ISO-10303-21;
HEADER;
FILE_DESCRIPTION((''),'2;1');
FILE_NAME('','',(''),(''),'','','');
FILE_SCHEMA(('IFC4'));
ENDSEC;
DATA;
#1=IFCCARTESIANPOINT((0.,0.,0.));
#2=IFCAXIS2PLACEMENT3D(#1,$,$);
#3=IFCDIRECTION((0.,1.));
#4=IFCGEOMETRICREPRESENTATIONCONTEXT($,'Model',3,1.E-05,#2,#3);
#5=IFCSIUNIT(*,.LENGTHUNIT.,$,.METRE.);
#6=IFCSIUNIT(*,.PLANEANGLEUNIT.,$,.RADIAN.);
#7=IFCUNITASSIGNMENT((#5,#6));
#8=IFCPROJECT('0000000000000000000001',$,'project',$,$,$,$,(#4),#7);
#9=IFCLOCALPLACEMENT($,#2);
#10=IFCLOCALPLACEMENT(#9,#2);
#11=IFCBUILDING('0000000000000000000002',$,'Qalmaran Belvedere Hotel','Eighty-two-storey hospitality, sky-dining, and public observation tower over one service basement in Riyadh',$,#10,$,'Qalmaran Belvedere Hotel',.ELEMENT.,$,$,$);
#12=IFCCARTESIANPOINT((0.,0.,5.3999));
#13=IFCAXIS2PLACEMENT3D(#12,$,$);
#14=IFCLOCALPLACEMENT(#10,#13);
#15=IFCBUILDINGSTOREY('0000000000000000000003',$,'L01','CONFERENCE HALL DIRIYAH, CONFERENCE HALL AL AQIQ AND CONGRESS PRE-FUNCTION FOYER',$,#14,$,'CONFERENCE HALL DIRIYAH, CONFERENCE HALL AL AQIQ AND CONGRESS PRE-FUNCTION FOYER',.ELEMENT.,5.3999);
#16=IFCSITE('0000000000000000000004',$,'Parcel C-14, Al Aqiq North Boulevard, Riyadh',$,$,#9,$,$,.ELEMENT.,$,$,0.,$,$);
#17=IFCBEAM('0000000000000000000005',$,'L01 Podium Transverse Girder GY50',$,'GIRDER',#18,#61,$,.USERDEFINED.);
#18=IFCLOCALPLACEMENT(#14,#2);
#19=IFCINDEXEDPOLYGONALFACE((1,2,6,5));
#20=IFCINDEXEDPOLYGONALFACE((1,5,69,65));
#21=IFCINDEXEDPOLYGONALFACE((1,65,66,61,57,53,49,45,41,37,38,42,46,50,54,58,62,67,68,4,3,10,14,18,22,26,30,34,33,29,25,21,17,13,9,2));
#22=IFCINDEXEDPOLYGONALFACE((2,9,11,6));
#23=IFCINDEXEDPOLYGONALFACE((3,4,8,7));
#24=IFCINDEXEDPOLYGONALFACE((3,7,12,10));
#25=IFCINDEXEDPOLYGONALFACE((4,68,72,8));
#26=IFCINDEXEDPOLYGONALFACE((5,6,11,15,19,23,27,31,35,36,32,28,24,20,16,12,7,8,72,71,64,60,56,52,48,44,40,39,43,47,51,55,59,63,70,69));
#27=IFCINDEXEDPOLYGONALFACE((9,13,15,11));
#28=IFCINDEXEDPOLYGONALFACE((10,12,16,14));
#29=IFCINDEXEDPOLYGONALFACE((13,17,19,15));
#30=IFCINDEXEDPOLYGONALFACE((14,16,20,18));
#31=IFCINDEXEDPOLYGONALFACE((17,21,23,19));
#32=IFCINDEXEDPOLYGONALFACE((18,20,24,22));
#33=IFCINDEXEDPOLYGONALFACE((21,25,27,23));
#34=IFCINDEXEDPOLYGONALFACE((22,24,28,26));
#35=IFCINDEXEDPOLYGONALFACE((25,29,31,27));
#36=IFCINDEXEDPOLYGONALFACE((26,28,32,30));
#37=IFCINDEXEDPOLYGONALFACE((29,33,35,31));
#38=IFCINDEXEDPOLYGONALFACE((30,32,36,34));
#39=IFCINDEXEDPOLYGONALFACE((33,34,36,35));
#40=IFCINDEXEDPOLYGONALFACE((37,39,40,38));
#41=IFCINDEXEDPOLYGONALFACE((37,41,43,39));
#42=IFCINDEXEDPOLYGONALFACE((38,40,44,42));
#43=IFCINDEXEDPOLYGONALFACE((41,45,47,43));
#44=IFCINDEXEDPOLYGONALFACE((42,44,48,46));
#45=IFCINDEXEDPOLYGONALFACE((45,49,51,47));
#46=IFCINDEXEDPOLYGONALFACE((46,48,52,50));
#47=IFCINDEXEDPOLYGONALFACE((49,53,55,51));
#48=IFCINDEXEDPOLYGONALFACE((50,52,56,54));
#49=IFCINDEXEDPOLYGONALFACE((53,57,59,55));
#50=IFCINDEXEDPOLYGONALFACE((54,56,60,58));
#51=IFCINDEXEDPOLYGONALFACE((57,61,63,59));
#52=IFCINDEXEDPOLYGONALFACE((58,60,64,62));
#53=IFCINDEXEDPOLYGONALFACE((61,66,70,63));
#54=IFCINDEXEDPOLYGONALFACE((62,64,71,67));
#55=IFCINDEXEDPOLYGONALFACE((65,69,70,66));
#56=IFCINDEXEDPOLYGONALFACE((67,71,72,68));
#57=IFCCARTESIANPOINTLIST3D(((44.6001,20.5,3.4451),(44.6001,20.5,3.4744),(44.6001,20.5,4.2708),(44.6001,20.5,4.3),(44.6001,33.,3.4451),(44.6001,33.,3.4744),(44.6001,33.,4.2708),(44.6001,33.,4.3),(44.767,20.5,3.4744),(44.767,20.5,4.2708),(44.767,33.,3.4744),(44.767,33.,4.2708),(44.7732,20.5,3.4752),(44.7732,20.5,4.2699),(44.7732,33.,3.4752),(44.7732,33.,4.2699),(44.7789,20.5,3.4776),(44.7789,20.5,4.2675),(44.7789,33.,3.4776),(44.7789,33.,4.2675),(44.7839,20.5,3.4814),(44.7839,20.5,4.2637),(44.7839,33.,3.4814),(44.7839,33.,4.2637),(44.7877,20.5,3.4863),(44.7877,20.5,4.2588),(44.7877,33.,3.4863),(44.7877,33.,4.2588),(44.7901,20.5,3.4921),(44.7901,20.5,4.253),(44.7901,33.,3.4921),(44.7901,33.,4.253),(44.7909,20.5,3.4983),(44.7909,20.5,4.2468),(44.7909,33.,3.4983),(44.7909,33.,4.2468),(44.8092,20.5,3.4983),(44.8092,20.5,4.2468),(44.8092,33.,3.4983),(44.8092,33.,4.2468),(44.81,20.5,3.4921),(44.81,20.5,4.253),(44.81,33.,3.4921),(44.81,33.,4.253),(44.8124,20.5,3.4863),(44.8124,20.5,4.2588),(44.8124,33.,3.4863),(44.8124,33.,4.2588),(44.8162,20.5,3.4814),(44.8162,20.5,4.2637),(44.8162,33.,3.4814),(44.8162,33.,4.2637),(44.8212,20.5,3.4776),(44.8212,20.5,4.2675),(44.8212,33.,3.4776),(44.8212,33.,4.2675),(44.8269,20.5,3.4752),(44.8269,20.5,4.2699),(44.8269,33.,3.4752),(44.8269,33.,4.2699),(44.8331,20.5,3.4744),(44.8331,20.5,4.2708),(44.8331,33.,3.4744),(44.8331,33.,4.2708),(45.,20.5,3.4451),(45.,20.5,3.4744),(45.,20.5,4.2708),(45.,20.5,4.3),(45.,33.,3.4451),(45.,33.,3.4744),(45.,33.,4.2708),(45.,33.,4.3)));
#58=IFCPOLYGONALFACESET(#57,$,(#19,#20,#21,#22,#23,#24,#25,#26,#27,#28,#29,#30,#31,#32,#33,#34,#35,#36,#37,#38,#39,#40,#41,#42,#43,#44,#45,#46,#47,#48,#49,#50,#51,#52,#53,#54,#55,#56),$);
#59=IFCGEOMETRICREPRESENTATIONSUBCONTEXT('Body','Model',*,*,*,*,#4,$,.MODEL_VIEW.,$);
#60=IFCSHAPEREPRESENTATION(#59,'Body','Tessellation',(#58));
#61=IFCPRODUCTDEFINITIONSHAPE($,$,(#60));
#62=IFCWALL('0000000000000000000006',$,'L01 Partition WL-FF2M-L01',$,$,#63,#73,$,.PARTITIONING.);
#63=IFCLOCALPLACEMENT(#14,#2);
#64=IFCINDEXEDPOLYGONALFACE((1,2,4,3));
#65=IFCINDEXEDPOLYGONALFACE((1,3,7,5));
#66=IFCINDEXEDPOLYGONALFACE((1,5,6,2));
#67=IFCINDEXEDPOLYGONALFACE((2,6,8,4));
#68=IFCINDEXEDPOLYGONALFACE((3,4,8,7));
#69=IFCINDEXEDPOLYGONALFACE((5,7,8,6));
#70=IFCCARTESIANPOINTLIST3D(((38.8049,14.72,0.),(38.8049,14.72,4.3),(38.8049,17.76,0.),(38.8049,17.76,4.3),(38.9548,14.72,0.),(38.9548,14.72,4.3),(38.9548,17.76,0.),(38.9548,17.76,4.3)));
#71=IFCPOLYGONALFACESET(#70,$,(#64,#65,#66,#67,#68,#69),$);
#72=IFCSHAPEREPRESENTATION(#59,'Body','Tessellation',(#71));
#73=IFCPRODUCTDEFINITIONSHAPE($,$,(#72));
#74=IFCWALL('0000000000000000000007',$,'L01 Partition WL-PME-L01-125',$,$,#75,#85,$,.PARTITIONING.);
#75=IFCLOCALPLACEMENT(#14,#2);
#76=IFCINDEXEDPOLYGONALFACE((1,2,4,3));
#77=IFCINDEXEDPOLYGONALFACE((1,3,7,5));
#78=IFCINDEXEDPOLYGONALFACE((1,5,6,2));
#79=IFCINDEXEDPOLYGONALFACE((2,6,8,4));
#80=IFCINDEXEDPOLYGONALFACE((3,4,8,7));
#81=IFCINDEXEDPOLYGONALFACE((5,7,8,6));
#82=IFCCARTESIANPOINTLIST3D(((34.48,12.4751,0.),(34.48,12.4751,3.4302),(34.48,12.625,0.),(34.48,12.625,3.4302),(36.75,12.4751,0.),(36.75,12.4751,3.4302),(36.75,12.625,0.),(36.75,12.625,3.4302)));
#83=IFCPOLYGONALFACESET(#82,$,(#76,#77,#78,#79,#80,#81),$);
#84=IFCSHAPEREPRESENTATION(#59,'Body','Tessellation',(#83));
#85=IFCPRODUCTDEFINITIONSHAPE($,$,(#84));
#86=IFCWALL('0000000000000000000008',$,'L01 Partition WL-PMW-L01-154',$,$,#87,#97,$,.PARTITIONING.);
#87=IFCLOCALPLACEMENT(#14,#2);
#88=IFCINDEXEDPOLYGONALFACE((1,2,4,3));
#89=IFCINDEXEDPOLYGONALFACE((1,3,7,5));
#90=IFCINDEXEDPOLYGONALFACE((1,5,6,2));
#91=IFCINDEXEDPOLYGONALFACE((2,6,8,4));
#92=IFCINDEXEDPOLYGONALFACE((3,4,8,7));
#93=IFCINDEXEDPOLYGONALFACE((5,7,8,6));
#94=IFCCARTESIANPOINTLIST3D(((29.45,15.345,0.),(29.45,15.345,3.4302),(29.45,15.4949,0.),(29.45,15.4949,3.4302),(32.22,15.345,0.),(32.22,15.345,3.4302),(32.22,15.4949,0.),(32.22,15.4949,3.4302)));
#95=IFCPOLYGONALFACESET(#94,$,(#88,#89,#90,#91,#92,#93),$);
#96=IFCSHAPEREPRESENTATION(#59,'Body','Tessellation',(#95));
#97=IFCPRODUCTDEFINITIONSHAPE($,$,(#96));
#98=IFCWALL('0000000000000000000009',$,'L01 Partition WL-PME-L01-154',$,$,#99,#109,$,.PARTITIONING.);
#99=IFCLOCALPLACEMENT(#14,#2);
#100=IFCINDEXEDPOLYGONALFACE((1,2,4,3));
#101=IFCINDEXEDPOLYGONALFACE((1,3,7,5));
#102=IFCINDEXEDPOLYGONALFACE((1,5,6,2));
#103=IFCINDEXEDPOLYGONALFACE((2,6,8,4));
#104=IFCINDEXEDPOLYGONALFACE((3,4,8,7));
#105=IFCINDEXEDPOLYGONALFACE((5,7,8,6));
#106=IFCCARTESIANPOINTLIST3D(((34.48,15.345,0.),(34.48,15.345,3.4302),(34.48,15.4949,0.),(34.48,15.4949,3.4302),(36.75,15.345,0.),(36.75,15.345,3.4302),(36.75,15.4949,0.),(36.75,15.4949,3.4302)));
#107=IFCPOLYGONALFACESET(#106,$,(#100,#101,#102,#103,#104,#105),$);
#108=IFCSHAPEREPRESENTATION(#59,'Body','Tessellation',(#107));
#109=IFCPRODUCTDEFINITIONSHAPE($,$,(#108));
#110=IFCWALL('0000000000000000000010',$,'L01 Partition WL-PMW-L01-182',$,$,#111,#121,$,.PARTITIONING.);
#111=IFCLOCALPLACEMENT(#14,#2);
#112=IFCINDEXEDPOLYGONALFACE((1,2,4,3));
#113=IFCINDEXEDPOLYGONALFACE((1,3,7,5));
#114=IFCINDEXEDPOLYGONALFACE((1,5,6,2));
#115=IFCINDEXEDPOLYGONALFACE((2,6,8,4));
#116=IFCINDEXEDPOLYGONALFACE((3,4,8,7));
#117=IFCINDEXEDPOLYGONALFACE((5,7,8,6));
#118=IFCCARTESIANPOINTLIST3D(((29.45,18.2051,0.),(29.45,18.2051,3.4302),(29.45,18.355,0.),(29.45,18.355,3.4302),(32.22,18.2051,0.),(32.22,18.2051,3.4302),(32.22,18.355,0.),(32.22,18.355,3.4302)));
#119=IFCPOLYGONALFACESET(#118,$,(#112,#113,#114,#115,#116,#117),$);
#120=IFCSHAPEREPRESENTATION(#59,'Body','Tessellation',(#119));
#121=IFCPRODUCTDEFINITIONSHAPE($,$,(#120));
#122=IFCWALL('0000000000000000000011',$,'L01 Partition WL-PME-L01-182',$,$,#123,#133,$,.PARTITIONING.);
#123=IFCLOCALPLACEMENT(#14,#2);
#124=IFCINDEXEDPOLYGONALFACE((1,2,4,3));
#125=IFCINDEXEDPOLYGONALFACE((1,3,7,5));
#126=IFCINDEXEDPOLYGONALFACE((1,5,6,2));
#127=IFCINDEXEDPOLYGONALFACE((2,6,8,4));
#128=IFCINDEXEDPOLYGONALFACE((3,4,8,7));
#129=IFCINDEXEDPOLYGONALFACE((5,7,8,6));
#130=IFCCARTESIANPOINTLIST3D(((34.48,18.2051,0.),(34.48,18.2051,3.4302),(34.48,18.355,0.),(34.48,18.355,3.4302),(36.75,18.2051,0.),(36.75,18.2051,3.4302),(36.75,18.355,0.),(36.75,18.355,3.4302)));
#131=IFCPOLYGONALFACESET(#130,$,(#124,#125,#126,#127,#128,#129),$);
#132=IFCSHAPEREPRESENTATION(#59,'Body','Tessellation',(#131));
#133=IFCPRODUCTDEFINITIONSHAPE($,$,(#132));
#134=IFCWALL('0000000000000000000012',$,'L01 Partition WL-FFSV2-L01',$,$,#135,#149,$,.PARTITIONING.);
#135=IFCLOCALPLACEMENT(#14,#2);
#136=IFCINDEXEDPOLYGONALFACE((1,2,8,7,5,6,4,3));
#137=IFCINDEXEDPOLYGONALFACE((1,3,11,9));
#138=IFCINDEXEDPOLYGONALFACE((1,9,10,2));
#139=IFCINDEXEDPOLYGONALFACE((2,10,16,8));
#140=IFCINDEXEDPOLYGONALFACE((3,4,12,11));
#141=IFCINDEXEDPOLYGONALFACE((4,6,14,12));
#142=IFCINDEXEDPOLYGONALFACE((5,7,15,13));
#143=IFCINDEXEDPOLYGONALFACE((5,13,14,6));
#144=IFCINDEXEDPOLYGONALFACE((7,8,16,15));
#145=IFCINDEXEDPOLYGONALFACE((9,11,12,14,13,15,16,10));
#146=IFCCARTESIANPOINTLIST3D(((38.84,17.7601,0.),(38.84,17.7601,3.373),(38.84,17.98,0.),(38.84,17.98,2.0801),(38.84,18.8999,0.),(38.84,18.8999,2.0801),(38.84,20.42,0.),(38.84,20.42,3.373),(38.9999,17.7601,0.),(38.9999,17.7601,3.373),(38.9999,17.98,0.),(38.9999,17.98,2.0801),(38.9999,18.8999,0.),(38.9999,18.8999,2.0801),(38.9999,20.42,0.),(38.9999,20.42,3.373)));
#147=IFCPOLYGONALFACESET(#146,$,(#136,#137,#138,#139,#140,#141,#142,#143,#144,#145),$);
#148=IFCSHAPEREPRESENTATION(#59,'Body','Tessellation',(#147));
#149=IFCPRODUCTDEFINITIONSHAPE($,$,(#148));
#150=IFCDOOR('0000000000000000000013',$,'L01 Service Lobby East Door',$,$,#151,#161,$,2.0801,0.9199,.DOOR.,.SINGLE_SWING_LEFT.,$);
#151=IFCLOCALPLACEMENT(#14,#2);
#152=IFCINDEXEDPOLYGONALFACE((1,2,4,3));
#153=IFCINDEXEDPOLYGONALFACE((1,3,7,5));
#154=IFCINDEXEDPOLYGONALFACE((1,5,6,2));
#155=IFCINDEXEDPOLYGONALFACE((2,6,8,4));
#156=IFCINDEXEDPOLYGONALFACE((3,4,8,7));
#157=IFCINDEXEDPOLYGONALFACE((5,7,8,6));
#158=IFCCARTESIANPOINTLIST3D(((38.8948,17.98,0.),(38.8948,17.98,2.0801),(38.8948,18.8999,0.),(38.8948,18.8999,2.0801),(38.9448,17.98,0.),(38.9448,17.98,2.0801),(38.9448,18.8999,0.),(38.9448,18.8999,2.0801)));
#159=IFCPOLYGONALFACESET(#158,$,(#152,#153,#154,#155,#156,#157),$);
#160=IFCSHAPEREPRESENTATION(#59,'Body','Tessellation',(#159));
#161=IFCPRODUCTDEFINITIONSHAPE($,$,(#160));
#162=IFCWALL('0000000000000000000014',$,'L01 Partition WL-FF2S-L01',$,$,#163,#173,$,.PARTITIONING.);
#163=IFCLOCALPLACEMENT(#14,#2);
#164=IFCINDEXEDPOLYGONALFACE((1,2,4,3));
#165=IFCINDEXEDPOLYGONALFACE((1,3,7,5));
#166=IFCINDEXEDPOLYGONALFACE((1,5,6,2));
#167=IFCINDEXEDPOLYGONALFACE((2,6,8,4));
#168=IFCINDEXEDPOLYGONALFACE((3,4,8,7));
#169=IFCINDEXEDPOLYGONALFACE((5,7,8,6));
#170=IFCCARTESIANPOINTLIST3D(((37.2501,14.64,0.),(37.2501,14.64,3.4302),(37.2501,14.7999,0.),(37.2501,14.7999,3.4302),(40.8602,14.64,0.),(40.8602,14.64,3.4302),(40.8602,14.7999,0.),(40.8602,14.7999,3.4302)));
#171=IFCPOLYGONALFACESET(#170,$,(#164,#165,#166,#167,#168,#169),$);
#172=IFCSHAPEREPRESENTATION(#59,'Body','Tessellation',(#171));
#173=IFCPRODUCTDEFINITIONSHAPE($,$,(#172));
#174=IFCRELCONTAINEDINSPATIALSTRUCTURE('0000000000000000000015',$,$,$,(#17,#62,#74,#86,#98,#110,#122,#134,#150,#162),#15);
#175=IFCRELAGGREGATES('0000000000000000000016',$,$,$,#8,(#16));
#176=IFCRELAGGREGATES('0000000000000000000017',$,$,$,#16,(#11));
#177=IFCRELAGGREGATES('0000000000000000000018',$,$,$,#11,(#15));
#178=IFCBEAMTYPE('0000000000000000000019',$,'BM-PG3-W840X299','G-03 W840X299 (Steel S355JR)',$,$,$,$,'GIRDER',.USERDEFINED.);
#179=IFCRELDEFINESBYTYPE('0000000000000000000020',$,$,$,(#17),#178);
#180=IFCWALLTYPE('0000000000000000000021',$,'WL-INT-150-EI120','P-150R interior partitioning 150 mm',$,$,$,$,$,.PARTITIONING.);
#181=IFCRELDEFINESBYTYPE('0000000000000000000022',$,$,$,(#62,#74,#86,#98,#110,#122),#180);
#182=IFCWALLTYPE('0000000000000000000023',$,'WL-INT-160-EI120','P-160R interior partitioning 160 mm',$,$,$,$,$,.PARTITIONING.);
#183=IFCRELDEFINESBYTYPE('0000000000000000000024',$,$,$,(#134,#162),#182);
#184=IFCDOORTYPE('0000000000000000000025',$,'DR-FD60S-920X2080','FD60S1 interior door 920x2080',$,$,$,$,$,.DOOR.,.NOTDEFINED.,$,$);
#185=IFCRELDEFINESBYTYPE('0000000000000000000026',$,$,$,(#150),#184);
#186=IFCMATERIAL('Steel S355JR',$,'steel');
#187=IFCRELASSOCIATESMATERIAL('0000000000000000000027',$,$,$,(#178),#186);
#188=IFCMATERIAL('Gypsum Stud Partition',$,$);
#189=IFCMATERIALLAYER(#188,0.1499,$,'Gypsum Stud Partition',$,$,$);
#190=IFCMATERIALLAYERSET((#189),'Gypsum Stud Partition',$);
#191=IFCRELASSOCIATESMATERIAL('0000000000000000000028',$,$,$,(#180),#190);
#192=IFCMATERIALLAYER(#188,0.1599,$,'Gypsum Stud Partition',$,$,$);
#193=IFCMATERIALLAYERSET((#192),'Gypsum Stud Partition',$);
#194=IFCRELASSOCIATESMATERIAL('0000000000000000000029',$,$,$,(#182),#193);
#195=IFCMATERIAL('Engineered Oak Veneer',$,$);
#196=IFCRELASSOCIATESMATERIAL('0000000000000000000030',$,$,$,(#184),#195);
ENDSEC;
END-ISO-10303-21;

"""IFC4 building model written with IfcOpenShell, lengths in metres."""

from ifc_helpers import new_model, si_unit, direction, frame, frame_2d, origin, origin_2d, place, context, subcontext, project, spatial, rectangle, i_section, extrude, material, layer, layer_set, material_profile, profile_set, type_object, element, fill, save


model = new_model("IFC4")

# Units and contexts
model_context = context("Model", 3, precision=1e-05, world=origin(), true_north=direction((0.0, 1.0)))
body_context = subcontext(model_context, "Body", "Model", "MODEL_VIEW")
ifc_project = project(units=[si_unit("LENGTHUNIT", "METRE"), si_unit("PLANEANGLEUNIT", "RADIAN")], contexts=[model_context])

# Site, building, storey
site_placement = place(None, origin())
site = spatial("IfcSite", under=ifc_project, at=site_placement, Name="Parcel C-14, Al Aqiq North Boulevard, Riyadh", CompositionType="ELEMENT", RefElevation=0.0)
building_placement = place(site_placement, origin())
building = spatial("IfcBuilding", under=site, at=building_placement, Name="Qalmaran Belvedere Hotel", Description="Eighty-two-storey hospitality, sky-dining, and public observation tower over one service basement in Riyadh", LongName="Qalmaran Belvedere Hotel", CompositionType="ELEMENT")
storey_placement = place(building_placement, frame((0.0, 0.0, 5.3999)))
storey = spatial("IfcBuildingStorey", under=building, at=storey_placement, Name="L01", Description="CONFERENCE HALL DIRIYAH, CONFERENCE HALL AL AQIQ AND CONGRESS PRE-FUNCTION FOYER", LongName="CONFERENCE HALL DIRIYAH, CONFERENCE HALL AL AQIQ AND CONGRESS PRE-FUNCTION FOYER", CompositionType="ELEMENT", Elevation=5.3999)

# Beam
ifc_material_1 = material(Name="Steel S355JR", Category="steel")
ifc_material_profile_1 = material_profile(ifc_material_1, i_section(OverallWidth=0.3999, OverallDepth=0.855, WebThickness=0.0183, FlangeThickness=0.0293, FilletRadius=0.0239, at=origin_2d()), Name="W840X299")
ifc_profile_set_1 = profile_set([ifc_material_profile_1], Name="Steel S355JR")
beam_type_1 = type_object("IfcBeamType", Name="BM-PG3-W840X299", Description="G-03 W840X299 (Steel S355JR)", ElementType="GIRDER", PredefinedType="USERDEFINED", material=ifc_profile_set_1)
for number, where, z_axis, x_axis, name in (
    (1, (44.8, 20.5, 3.8726), (0.0, 1.0, 0.0), (-1.0, 0.0, 0.0), "L01 Podium Transverse Girder GY50"),
):
    element("IfcBeam", number, at=place(storey_placement, frame(where, z_axis=z_axis, x_axis=x_axis)), inside=storey, type_object=beam_type_1, Name=name, ObjectType="GIRDER", PredefinedType="USERDEFINED", context=body_context, shape_type="SweptSolid", body=[
        extrude(i_section(OverallWidth=0.3999, OverallDepth=0.855, WebThickness=0.0183, FlangeThickness=0.0293, FilletRadius=0.0239, at=origin_2d()), origin(), (0.0, 0.0, 1.0), 12.5),
    ])

# Walls
ifc_material_2 = material(Name="Gypsum Stud Partition")
ifc_layer_1 = layer(ifc_material_2, 0.1499, Name="Gypsum Stud Partition")
ifc_layer_set_1 = layer_set([ifc_layer_1], Name="Gypsum Stud Partition")
wall_type_1 = type_object("IfcWallType", Name="WL-INT-150-EI120", Description="P-150R interior partitioning 150 mm", PredefinedType="PARTITIONING", material=ifc_layer_set_1)
wall_1_placement = place(storey_placement, frame((38.8799, 14.72, 0.0), z_axis=(0.0, 0.0, 1.0), x_axis=(0.0, 1.0, 0.0)))
element("IfcWall", 2, at=wall_1_placement, inside=storey, type_object=wall_type_1, Name="L01 Partition WL-FF2M-L01", PredefinedType="PARTITIONING", context=body_context, shape_type="SweptSolid", body=[
    extrude(rectangle(XDim=3.04, YDim=0.1499, at=frame_2d((1.52, 0.0))), origin(), (0.0, 0.0, 1.0), 4.3),
])
wall_2_placement = place(storey_placement, frame((34.48, 12.55, 0.0), z_axis=(0.0, 0.0, 1.0), x_axis=(1.0, 0.0, 0.0)))
element("IfcWall", 3, at=wall_2_placement, inside=storey, type_object=wall_type_1, Name="L01 Partition WL-PME-L01-125", PredefinedType="PARTITIONING", context=body_context, shape_type="SweptSolid", body=[
    extrude(rectangle(XDim=2.27, YDim=0.1499, at=frame_2d((1.135, 0.0))), origin(), (0.0, 0.0, 1.0), 3.4302),
])
wall_3_placement = place(storey_placement, frame((29.45, 15.4199, 0.0), z_axis=(0.0, 0.0, 1.0), x_axis=(1.0, 0.0, 0.0)))
element("IfcWall", 4, at=wall_3_placement, inside=storey, type_object=wall_type_1, Name="L01 Partition WL-PMW-L01-154", PredefinedType="PARTITIONING", context=body_context, shape_type="SweptSolid", body=[
    extrude(rectangle(XDim=2.77, YDim=0.1499, at=frame_2d((1.385, 0.0))), origin(), (0.0, 0.0, 1.0), 3.4302),
])
wall_4_placement = place(storey_placement, frame((34.48, 15.4199, 0.0), z_axis=(0.0, 0.0, 1.0), x_axis=(1.0, 0.0, 0.0)))
element("IfcWall", 5, at=wall_4_placement, inside=storey, type_object=wall_type_1, Name="L01 Partition WL-PME-L01-154", PredefinedType="PARTITIONING", context=body_context, shape_type="SweptSolid", body=[
    extrude(rectangle(XDim=2.27, YDim=0.1499, at=frame_2d((1.135, 0.0))), origin(), (0.0, 0.0, 1.0), 3.4302),
])
wall_5_placement = place(storey_placement, frame((29.45, 18.28, 0.0), z_axis=(0.0, 0.0, 1.0), x_axis=(1.0, 0.0, 0.0)))
element("IfcWall", 6, at=wall_5_placement, inside=storey, type_object=wall_type_1, Name="L01 Partition WL-PMW-L01-182", PredefinedType="PARTITIONING", context=body_context, shape_type="SweptSolid", body=[
    extrude(rectangle(XDim=2.77, YDim=0.1499, at=frame_2d((1.385, 0.0))), origin(), (0.0, 0.0, 1.0), 3.4302),
])
wall_6_placement = place(storey_placement, frame((34.48, 18.28, 0.0), z_axis=(0.0, 0.0, 1.0), x_axis=(1.0, 0.0, 0.0)))
element("IfcWall", 7, at=wall_6_placement, inside=storey, type_object=wall_type_1, Name="L01 Partition WL-PME-L01-182", PredefinedType="PARTITIONING", context=body_context, shape_type="SweptSolid", body=[
    extrude(rectangle(XDim=2.27, YDim=0.1499, at=frame_2d((1.135, 0.0))), origin(), (0.0, 0.0, 1.0), 3.4302),
])

# Wall, opening, door
ifc_layer_2 = layer(ifc_material_2, 0.1599, Name="Gypsum Stud Partition")
ifc_layer_set_2 = layer_set([ifc_layer_2], Name="Gypsum Stud Partition")
wall_type_2 = type_object("IfcWallType", Name="WL-INT-160-EI120", Description="P-160R interior partitioning 160 mm", PredefinedType="PARTITIONING", material=ifc_layer_set_2)
wall_7_placement = place(storey_placement, frame((38.9199, 17.76, 0.0), z_axis=(0.0, 0.0, 1.0), x_axis=(0.0, 1.0, 0.0)))
wall_7 = element("IfcWall", 8, at=wall_7_placement, inside=storey, type_object=wall_type_2, Name="L01 Partition WL-FFSV2-L01", PredefinedType="PARTITIONING", context=body_context, shape_type="SweptSolid", body=[
    extrude(rectangle(XDim=2.6599, YDim=0.1599, at=frame_2d((1.3301, 0.0))), origin(), (0.0, 0.0, 1.0), 3.373),
])
opening_1_placement = place(wall_7_placement, frame((1.1399, 0.0, 0.0), z_axis=(0.0, 0.0, 1.0), x_axis=(-1.0, 0.0, 0.0)))
opening_1 = element("IfcOpeningElement", 9, at=opening_1_placement, cuts=wall_7, PredefinedType="OPENING", context=body_context, shape_type="SweptSolid", body=[
    extrude(rectangle(XDim=0.9199, YDim=2.0801, at=frame_2d((0.46, 1.04))), frame((0.0, 0.0898, 0.0), z_axis=(0.0, -1.0, 0.0), x_axis=(1.0, 0.0, 0.0)), (0.0, 0.0, 1.0), 0.1799),
])
ifc_material_3 = material(Name="Engineered Oak Veneer")
door_type_1 = type_object("IfcDoorType", Name="DR-FD60S-920X2080", Description="FD60S1 interior door 920x2080", OperationType="NOTDEFINED", PredefinedType="DOOR", material=ifc_material_3)
door_1_placement = place(opening_1_placement, origin())
door_1 = element("IfcDoor", 10, at=door_1_placement, inside=storey, type_object=door_type_1, Name="L01 Service Lobby East Door", OperationType="SINGLE_SWING_LEFT", OverallHeight=2.0801, OverallWidth=0.9199, PredefinedType="DOOR", context=body_context, shape_type="SweptSolid", body=[
    extrude(rectangle(XDim=0.9199, YDim=2.0801, at=frame_2d((0.46, 1.04))), frame((0.0, 0.0249, 0.0), z_axis=(0.0, -1.0, 0.0), x_axis=(1.0, 0.0, 0.0)), (0.0, 0.0, 1.0), 0.05),
])
fill(opening_1, door_1)

# Wall
wall_8_placement = place(storey_placement, frame((37.25, 14.72, 0.0), z_axis=(0.0, 0.0, 1.0), x_axis=(1.0, 0.0, 0.0)))
element("IfcWall", 11, at=wall_8_placement, inside=storey, type_object=wall_type_2, Name="L01 Partition WL-FF2S-L01", PredefinedType="PARTITIONING", context=body_context, shape_type="SweptSolid", body=[
    extrude(rectangle(XDim=3.6101, YDim=0.1599, at=frame_2d((1.8052, 0.0))), origin(), (0.0, 0.0, 1.0), 3.4302),
])

save(model, "model.ifc")
